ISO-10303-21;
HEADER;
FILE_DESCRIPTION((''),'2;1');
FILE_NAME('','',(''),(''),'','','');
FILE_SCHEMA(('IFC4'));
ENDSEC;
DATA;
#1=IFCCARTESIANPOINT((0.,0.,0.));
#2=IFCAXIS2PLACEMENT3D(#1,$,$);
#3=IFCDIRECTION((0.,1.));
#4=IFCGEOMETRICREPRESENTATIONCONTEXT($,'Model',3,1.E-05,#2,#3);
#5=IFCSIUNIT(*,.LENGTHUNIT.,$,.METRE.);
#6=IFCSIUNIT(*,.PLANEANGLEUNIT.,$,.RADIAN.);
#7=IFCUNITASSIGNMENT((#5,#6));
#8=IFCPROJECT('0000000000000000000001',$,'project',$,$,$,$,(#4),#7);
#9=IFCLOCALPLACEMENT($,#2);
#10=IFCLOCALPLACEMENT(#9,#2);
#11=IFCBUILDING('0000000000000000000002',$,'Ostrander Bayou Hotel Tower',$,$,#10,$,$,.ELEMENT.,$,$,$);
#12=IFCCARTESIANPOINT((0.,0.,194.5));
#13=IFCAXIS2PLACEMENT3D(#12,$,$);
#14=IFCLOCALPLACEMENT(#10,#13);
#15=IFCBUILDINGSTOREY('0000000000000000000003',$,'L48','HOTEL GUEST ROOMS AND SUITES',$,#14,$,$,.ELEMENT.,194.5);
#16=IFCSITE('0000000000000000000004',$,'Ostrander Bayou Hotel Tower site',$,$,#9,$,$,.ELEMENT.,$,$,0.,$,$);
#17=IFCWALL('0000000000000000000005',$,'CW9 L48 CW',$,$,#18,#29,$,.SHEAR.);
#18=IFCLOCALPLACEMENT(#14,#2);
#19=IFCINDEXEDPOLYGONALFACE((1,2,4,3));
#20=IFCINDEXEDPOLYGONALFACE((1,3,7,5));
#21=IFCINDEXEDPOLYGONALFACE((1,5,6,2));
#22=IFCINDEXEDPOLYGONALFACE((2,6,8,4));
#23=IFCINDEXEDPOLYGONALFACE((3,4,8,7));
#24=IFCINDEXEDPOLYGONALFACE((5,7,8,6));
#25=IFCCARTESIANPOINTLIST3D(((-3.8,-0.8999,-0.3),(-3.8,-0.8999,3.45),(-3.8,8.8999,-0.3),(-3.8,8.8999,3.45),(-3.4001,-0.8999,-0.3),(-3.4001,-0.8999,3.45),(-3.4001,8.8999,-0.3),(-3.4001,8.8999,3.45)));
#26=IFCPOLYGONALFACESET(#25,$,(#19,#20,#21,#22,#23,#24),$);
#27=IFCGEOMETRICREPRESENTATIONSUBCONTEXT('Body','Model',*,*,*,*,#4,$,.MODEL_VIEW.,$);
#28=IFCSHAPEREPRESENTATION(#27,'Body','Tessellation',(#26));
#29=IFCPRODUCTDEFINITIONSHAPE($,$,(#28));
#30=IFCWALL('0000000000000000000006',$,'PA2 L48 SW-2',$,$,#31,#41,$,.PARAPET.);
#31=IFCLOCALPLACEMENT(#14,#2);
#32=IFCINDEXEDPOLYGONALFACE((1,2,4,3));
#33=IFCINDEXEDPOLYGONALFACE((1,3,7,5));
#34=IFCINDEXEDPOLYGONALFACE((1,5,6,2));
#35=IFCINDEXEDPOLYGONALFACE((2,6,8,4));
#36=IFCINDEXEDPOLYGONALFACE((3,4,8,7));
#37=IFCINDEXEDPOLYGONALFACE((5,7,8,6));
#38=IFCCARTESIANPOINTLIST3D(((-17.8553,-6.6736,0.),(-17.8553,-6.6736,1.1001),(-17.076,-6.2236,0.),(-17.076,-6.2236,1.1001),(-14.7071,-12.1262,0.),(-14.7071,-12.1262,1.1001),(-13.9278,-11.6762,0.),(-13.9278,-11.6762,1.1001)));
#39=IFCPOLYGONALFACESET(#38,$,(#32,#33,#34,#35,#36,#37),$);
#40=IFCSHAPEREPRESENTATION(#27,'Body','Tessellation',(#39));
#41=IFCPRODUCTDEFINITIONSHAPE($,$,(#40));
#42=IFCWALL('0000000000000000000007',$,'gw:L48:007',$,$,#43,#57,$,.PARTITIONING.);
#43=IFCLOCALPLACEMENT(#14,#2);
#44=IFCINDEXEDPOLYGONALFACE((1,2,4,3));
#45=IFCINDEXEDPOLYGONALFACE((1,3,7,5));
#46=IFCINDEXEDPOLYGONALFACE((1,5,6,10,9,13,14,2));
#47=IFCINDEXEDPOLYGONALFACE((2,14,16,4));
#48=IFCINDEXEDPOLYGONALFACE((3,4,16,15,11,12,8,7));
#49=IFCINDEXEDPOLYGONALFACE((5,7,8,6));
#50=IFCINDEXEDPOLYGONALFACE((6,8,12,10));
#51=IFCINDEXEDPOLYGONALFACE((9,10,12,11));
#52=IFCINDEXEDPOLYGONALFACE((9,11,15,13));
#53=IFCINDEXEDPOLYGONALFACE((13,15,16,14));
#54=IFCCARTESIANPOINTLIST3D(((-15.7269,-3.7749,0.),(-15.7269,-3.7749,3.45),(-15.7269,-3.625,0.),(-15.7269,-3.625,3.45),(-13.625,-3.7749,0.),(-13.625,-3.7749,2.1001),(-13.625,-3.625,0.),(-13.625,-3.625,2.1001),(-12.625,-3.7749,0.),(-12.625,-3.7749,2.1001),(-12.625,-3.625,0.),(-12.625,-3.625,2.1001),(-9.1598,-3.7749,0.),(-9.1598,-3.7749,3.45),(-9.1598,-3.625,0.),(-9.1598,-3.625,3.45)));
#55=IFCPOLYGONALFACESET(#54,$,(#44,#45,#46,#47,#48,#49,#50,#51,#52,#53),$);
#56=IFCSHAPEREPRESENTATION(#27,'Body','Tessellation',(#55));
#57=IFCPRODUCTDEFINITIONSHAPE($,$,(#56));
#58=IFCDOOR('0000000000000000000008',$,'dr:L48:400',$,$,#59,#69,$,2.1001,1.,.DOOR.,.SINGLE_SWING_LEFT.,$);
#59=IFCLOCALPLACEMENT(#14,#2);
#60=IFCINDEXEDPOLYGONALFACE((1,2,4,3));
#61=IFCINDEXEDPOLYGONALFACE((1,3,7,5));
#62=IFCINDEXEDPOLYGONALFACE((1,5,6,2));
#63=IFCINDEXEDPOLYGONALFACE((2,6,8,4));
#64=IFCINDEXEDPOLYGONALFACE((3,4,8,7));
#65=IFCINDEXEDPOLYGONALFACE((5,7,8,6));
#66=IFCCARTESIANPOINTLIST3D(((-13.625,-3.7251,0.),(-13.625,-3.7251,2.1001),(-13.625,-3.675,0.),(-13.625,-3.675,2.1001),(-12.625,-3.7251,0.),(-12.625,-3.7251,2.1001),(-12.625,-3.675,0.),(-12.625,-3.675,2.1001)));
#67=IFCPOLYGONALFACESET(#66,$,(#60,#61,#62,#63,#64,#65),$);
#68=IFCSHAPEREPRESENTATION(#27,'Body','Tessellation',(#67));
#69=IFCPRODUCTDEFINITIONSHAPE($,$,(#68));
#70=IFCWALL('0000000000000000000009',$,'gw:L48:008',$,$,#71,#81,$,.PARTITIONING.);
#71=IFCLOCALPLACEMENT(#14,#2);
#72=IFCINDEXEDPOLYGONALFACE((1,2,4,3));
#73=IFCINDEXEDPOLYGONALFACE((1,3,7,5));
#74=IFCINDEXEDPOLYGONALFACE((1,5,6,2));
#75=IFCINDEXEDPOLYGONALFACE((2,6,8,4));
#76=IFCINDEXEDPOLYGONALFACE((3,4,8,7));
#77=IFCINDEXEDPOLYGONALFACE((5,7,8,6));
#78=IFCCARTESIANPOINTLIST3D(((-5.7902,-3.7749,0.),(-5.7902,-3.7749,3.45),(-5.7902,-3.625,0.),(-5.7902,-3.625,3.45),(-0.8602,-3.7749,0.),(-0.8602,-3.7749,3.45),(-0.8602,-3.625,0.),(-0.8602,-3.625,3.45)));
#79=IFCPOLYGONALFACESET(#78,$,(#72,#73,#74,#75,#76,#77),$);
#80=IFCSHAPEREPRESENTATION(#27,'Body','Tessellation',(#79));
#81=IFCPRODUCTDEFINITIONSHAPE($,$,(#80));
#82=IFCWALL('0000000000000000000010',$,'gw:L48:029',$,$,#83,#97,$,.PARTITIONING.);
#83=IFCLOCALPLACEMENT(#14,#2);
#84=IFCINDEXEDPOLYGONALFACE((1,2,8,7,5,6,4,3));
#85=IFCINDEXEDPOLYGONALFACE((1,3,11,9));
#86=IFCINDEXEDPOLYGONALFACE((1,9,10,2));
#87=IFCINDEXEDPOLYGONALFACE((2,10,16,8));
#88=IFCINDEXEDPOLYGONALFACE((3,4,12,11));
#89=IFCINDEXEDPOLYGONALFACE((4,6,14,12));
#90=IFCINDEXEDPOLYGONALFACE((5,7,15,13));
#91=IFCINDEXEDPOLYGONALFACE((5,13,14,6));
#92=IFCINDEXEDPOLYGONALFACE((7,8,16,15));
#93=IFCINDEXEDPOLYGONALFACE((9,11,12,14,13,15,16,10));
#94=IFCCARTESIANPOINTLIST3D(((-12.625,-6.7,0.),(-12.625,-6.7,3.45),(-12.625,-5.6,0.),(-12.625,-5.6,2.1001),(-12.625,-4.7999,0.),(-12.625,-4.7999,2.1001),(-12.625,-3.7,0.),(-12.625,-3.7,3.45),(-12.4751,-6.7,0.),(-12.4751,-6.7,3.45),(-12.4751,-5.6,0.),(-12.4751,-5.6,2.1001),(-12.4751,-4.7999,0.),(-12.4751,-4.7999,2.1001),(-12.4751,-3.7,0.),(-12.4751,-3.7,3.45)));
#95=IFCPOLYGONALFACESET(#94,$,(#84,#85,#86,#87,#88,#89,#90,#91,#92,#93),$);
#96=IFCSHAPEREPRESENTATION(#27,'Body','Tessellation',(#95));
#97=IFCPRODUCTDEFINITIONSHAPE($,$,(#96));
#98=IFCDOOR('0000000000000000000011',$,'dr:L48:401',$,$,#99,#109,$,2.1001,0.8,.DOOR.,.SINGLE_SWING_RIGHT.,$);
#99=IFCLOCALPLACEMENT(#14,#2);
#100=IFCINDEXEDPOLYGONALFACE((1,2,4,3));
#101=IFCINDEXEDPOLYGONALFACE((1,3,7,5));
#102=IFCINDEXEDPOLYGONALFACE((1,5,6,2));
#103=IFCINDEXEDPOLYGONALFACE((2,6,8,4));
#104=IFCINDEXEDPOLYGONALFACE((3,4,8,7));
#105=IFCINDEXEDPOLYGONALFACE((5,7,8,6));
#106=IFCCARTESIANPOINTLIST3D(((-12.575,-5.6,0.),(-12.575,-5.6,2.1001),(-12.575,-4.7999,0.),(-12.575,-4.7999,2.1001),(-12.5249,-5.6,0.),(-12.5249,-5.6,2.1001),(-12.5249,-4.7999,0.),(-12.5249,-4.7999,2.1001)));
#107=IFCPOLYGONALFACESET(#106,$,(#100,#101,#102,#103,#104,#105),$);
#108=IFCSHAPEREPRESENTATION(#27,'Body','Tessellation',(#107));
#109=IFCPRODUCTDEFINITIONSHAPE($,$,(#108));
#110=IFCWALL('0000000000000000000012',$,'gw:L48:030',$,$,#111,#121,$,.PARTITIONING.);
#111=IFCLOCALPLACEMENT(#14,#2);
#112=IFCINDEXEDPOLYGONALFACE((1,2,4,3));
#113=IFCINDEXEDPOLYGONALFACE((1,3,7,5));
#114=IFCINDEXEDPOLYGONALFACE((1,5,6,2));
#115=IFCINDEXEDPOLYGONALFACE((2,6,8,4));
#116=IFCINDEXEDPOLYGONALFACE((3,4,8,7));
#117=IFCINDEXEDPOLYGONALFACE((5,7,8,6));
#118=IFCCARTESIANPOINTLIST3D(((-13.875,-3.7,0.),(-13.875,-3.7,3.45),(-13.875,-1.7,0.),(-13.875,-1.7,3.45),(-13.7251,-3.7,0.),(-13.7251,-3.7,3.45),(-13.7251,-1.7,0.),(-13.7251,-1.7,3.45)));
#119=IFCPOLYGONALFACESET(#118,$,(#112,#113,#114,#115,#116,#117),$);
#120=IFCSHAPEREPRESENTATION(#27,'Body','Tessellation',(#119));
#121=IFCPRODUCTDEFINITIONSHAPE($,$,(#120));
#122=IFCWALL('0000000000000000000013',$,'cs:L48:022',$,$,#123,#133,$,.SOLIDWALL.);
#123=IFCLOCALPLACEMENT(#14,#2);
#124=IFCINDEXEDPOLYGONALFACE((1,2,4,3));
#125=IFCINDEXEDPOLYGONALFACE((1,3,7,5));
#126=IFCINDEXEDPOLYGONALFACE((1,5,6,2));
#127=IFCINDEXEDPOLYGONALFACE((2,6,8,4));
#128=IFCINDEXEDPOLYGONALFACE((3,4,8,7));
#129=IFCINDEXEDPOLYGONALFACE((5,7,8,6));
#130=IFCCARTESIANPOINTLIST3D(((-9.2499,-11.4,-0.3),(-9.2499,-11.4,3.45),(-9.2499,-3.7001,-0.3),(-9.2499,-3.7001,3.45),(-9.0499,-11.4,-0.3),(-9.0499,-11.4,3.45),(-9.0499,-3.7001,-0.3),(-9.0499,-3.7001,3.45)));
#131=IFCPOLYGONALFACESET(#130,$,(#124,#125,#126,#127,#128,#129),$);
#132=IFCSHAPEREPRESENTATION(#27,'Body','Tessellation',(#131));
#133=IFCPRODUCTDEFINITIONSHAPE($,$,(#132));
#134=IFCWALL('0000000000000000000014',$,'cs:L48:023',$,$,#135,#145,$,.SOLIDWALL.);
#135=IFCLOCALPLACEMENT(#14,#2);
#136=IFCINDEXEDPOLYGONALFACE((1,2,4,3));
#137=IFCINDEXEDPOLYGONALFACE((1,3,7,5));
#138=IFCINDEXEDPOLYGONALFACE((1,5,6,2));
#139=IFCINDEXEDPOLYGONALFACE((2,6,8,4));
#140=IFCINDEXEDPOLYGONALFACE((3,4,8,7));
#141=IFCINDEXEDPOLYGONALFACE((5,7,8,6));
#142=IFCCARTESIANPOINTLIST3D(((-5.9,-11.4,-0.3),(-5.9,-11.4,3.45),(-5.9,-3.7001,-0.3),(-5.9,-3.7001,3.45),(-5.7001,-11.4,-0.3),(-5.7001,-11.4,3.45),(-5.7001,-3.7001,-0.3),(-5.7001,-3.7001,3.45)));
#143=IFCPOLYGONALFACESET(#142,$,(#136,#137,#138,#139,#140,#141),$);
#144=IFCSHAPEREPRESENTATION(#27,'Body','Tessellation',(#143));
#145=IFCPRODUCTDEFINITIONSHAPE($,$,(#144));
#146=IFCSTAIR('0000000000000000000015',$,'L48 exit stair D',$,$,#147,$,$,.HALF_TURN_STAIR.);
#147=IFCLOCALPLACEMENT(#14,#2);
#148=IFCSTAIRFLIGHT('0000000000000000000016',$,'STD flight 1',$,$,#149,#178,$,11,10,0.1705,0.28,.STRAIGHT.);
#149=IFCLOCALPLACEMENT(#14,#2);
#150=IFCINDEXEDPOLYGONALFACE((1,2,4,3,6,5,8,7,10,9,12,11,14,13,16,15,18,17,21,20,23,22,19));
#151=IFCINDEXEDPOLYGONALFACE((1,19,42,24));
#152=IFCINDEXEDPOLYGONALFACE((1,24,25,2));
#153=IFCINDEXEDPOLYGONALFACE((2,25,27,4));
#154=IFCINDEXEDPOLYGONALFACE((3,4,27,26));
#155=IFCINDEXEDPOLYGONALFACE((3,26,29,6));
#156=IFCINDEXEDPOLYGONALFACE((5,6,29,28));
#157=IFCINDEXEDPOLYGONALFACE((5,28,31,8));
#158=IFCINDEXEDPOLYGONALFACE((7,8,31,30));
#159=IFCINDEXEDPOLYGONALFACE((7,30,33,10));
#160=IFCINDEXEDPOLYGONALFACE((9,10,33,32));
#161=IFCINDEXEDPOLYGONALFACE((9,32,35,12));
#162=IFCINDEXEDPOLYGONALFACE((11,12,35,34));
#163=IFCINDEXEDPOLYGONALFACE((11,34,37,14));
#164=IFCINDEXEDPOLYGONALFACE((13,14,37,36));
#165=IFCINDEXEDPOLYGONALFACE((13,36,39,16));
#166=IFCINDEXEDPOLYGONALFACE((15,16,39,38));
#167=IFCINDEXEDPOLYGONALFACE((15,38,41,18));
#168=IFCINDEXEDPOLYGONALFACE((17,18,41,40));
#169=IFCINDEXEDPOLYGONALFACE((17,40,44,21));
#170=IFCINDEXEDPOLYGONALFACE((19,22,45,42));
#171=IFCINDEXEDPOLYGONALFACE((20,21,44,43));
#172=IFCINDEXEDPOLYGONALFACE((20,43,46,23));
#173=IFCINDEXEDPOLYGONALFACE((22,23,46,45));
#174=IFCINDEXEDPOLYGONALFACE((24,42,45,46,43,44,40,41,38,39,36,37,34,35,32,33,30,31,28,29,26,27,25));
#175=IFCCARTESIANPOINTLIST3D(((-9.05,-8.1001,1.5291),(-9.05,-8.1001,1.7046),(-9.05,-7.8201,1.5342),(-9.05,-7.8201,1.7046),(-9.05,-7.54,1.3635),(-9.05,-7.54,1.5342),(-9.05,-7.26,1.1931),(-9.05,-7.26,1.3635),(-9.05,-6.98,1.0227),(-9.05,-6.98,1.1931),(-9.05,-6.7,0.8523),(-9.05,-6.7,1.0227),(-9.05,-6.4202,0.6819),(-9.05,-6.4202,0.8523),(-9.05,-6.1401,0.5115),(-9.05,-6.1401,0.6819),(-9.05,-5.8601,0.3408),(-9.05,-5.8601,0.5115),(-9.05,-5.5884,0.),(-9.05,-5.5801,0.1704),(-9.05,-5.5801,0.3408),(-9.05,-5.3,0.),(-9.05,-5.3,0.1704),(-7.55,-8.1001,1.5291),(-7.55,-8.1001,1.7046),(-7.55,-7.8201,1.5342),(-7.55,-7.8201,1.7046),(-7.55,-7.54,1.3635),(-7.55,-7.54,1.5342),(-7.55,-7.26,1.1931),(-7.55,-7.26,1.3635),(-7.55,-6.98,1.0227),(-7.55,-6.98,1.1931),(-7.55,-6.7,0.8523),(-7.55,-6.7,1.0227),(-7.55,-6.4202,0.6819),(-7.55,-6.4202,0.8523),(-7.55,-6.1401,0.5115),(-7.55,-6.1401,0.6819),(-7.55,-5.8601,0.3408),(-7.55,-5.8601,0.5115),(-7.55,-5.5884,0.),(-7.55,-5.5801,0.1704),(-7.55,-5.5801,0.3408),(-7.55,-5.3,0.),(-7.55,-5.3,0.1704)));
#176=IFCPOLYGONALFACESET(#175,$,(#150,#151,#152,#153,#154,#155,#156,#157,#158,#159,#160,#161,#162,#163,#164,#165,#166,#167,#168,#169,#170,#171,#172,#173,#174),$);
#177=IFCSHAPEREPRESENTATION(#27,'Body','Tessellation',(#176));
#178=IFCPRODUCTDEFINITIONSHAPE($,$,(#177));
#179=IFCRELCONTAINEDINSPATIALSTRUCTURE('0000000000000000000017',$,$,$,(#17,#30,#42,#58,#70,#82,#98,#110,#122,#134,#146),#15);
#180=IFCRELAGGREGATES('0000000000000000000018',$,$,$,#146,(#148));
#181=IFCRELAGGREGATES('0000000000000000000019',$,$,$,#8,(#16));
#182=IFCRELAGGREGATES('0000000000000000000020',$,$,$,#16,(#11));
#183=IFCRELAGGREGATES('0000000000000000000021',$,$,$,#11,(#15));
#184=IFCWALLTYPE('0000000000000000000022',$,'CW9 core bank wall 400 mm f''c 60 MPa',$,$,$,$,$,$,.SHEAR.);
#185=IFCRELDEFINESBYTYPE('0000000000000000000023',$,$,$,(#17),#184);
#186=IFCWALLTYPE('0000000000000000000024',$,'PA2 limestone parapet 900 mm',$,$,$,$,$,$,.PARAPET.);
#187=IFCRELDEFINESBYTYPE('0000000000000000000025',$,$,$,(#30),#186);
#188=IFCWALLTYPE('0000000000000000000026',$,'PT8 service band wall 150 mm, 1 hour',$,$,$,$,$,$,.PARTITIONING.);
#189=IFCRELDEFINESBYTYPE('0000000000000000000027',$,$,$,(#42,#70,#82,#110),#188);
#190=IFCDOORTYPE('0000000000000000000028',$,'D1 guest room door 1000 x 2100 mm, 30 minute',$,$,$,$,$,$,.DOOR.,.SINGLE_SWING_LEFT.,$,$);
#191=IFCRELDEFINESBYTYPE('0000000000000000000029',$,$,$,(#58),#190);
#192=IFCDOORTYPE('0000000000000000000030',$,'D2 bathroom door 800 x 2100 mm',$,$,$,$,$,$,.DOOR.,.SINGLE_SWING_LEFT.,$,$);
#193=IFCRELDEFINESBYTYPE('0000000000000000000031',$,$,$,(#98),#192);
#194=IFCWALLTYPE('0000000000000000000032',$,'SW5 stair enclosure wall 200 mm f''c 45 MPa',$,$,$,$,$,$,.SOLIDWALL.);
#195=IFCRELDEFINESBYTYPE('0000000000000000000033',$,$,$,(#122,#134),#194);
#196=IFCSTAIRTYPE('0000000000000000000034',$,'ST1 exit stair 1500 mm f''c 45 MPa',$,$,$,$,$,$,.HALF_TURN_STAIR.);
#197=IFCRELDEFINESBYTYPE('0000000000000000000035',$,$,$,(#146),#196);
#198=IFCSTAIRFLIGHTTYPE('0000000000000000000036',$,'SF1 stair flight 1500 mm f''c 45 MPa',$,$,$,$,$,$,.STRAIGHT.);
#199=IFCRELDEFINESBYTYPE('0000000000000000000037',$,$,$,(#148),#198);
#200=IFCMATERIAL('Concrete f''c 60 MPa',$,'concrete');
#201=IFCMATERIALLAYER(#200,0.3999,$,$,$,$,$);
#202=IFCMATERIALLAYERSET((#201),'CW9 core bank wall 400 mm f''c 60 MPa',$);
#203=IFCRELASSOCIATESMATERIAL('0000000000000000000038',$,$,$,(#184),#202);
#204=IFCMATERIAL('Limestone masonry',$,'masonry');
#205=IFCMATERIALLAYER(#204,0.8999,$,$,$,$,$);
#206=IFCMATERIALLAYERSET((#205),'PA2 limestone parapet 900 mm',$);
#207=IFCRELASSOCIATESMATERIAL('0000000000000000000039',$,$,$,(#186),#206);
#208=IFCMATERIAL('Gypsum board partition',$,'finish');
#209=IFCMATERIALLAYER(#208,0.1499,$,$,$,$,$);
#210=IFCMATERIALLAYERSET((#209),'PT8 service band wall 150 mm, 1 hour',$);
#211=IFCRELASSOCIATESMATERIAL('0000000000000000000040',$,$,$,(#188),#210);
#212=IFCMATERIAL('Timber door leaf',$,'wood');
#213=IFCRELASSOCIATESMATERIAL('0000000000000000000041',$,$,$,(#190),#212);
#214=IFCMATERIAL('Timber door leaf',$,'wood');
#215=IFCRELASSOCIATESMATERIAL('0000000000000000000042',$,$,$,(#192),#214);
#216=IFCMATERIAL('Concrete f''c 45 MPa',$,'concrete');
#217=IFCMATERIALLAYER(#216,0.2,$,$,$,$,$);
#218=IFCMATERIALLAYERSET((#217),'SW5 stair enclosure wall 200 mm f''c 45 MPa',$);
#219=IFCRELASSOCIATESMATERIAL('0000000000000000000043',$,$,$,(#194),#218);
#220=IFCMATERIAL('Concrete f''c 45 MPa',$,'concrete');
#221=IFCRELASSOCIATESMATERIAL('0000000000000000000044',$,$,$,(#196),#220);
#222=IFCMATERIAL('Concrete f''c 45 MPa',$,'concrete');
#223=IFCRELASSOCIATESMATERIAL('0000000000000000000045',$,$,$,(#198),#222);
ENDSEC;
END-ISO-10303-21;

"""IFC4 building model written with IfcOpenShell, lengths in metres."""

from ifc_helpers import new_model, si_unit, direction, frame, frame_2d, origin, place, context, subcontext, project, spatial, polyline, rectangle, outline, extrude, material, layer, layer_set, type_object, element, fill, aggregate, save


model = new_model("IFC4")

# Units and contexts
model_context = context("Model", 3, precision=1e-05, world=origin(), true_north=direction((0.0, 1.0)))
body_context = subcontext(model_context, "Body", "Model", "MODEL_VIEW")
ifc_project = project(units=[si_unit("LENGTHUNIT", "METRE"), si_unit("PLANEANGLEUNIT", "RADIAN")], contexts=[model_context])

# Site, building, storey
site_placement = place(None, origin())
site = spatial("IfcSite", under=ifc_project, at=site_placement, Name="Ostrander Bayou Hotel Tower site", CompositionType="ELEMENT", RefElevation=0.0)
building_placement = place(site_placement, origin())
building = spatial("IfcBuilding", under=site, at=building_placement, Name="Ostrander Bayou Hotel Tower", CompositionType="ELEMENT")
storey_placement = place(building_placement, frame((0.0, 0.0, 194.5)))
storey = spatial("IfcBuildingStorey", under=building, at=storey_placement, Name="L48", Description="HOTEL GUEST ROOMS AND SUITES", CompositionType="ELEMENT", Elevation=194.5)

# Walls
ifc_material_1 = material(Name="Concrete f'c 60 MPa", Category="concrete")
ifc_layer_1 = layer(ifc_material_1, 0.3999)
ifc_layer_set_1 = layer_set([ifc_layer_1], Name="CW9 core bank wall 400 mm f'c 60 MPa")
wall_type_1 = type_object("IfcWallType", Name="CW9 core bank wall 400 mm f'c 60 MPa", PredefinedType="SHEAR", material=ifc_layer_set_1)
wall_1_placement = place(storey_placement, frame((-3.6001, -0.8999, -0.3), z_axis=(0.0, 0.0, 1.0), x_axis=(0.0, 1.0, 0.0)))
element("IfcWall", 1, at=wall_1_placement, inside=storey, type_object=wall_type_1, Name="CW9 L48 CW", PredefinedType="SHEAR", context=body_context, shape_type="SweptSolid", body=[
    extrude(rectangle(XDim=9.7998, YDim=0.3999, at=frame_2d((4.8999, 0.0))), origin(), (0.0, 0.0, 1.0), 3.75),
])
ifc_material_2 = material(Name="Limestone masonry", Category="masonry")
ifc_layer_2 = layer(ifc_material_2, 0.8999)
ifc_layer_set_2 = layer_set([ifc_layer_2], Name="PA2 limestone parapet 900 mm")
wall_type_2 = type_object("IfcWallType", Name="PA2 limestone parapet 900 mm", PredefinedType="PARAPET", material=ifc_layer_set_2)
wall_2_placement = place(storey_placement, frame((-17.4656, -6.4487, 0.0), z_axis=(0.0, 0.0, 1.0), x_axis=(0.500013, -0.866018, 0.0)))
element("IfcWall", 2, at=wall_2_placement, inside=storey, type_object=wall_type_2, Name="PA2 L48 SW-2", PredefinedType="PARAPET", context=body_context, shape_type="SweptSolid", body=[
    extrude(rectangle(XDim=6.2961, YDim=0.8999, at=frame_2d((3.1479, 0.0))), origin(), (0.0, 0.0, 1.0), 1.1001),
])

# Wall, opening, door
ifc_material_3 = material(Name="Gypsum board partition", Category="finish")
ifc_layer_3 = layer(ifc_material_3, 0.1499)
ifc_layer_set_3 = layer_set([ifc_layer_3], Name="PT8 service band wall 150 mm, 1 hour")
wall_type_3 = type_object("IfcWallType", Name="PT8 service band wall 150 mm, 1 hour", PredefinedType="PARTITIONING", material=ifc_layer_set_3)
wall_3_placement = place(storey_placement, frame((-15.7271, -3.7, 0.0), z_axis=(0.0, 0.0, 1.0), x_axis=(1.0, 0.0, 0.0)))
wall_3 = element("IfcWall", 3, at=wall_3_placement, inside=storey, type_object=wall_type_3, Name="gw:L48:007", PredefinedType="PARTITIONING", context=body_context, shape_type="SweptSolid", body=[
    extrude(rectangle(XDim=6.5671, YDim=0.1499, at=frame_2d((3.2837, 0.0))), origin(), (0.0, 0.0, 1.0), 3.45),
])
opening_1_placement = place(wall_3_placement, frame((2.1021, 0.0, 0.0)))
opening_1 = element("IfcOpeningElement", 4, at=opening_1_placement, cuts=wall_3, PredefinedType="OPENING", context=body_context, shape_type="SweptSolid", body=[
    extrude(rectangle(XDim=1.0, YDim=2.1001, at=frame_2d((0.5, 1.05))), frame((0.0, 0.075, 0.0), z_axis=(0.0, -1.0, 0.0), x_axis=(1.0, 0.0, 0.0)), (0.0, 0.0, 1.0), 0.1499),
])
ifc_material_4 = material(Name="Timber door leaf", Category="wood")
door_type_1 = type_object("IfcDoorType", Name="D1 guest room door 1000 x 2100 mm, 30 minute", OperationType="SINGLE_SWING_LEFT", PredefinedType="DOOR", material=ifc_material_4)
door_1_placement = place(opening_1_placement, origin())
door_1 = element("IfcDoor", 5, at=door_1_placement, inside=storey, type_object=door_type_1, Name="dr:L48:400", OperationType="SINGLE_SWING_LEFT", OverallHeight=2.1001, OverallWidth=1.0, PredefinedType="DOOR", context=body_context, shape_type="SweptSolid", body=[
    extrude(rectangle(XDim=1.0, YDim=2.1001, at=frame_2d((0.5, 1.05))), frame((0.0, 0.0249, 0.0), z_axis=(0.0, -1.0, 0.0), x_axis=(1.0, 0.0, 0.0)), (0.0, 0.0, 1.0), 0.05),
])
fill(opening_1, door_1)

# Wall
wall_4_placement = place(storey_placement, frame((-5.79, -3.7, 0.0), z_axis=(0.0, 0.0, 1.0), x_axis=(1.0, 0.0, 0.0)))
element("IfcWall", 6, at=wall_4_placement, inside=storey, type_object=wall_type_3, Name="gw:L48:008", PredefinedType="PARTITIONING", context=body_context, shape_type="SweptSolid", body=[
    extrude(rectangle(XDim=4.9299, YDim=0.1499, at=frame_2d((2.4648, 0.0))), origin(), (0.0, 0.0, 1.0), 3.45),
])

# Wall, opening, door
wall_5_placement = place(storey_placement, frame((-12.55, -6.7, 0.0), z_axis=(0.0, 0.0, 1.0), x_axis=(0.0, 1.0, 0.0)))
wall_5 = element("IfcWall", 7, at=wall_5_placement, inside=storey, type_object=wall_type_3, Name="gw:L48:029", PredefinedType="PARTITIONING", context=body_context, shape_type="SweptSolid", body=[
    extrude(rectangle(XDim=3.0, YDim=0.1499, at=frame_2d((1.5, 0.0))), origin(), (0.0, 0.0, 1.0), 3.45),
])
opening_2_placement = place(wall_5_placement, frame((1.1001, 0.0, 0.0)))
opening_2 = element("IfcOpeningElement", 8, at=opening_2_placement, cuts=wall_5, PredefinedType="OPENING", context=body_context, shape_type="SweptSolid", body=[
    extrude(rectangle(XDim=0.8, YDim=2.1001, at=frame_2d((0.3999, 1.05))), frame((0.0, 0.075, 0.0), z_axis=(0.0, -1.0, 0.0), x_axis=(1.0, 0.0, 0.0)), (0.0, 0.0, 1.0), 0.1499),
])
ifc_material_5 = material(Name="Timber door leaf", Category="wood")
door_type_2 = type_object("IfcDoorType", Name="D2 bathroom door 800 x 2100 mm", OperationType="SINGLE_SWING_LEFT", PredefinedType="DOOR", material=ifc_material_5)
door_2_placement = place(opening_2_placement, origin())
door_2 = element("IfcDoor", 9, at=door_2_placement, inside=storey, type_object=door_type_2, Name="dr:L48:401", OperationType="SINGLE_SWING_RIGHT", OverallHeight=2.1001, OverallWidth=0.8, PredefinedType="DOOR", context=body_context, shape_type="SweptSolid", body=[
    extrude(rectangle(XDim=0.8, YDim=2.1001, at=frame_2d((0.3999, 1.05))), frame((0.0, 0.0249, 0.0), z_axis=(0.0, -1.0, 0.0), x_axis=(1.0, 0.0, 0.0)), (0.0, 0.0, 1.0), 0.05),
])
fill(opening_2, door_2)

# Wall
wall_6_placement = place(storey_placement, frame((-13.8, -3.7, 0.0), z_axis=(0.0, 0.0, 1.0), x_axis=(0.0, 1.0, 0.0)))
element("IfcWall", 10, at=wall_6_placement, inside=storey, type_object=wall_type_3, Name="gw:L48:030", PredefinedType="PARTITIONING", context=body_context, shape_type="SweptSolid", body=[
    extrude(rectangle(XDim=2.0, YDim=0.1499, at=frame_2d((1.0, 0.0))), origin(), (0.0, 0.0, 1.0), 3.45),
])

# Shared definitions
ifc_material_6 = material(Name="Concrete f'c 45 MPa", Category="concrete")
ifc_layer_4 = layer(ifc_material_6, 0.2)
ifc_layer_set_4 = layer_set([ifc_layer_4], Name="SW5 stair enclosure wall 200 mm f'c 45 MPa")
wall_type_4 = type_object("IfcWallType", Name="SW5 stair enclosure wall 200 mm f'c 45 MPa", PredefinedType="SOLIDWALL", material=ifc_layer_set_4)

# Walls
for number, where, z_axis, x_axis, name in (
    (11, (-9.1499, -3.7, -0.3), (0.0, 0.0, 1.0), (0.0, -1.0, 0.0), "cs:L48:022"),
    (12, (-5.8, -3.7, -0.3), (0.0, 0.0, 1.0), (0.0, -1.0, 0.0), "cs:L48:023"),
):
    element("IfcWall", number, at=place(storey_placement, frame(where, z_axis=z_axis, x_axis=x_axis)), inside=storey, type_object=wall_type_4, Name=name, PredefinedType="SOLIDWALL", context=body_context, shape_type="SweptSolid", body=[
        extrude(rectangle(XDim=7.7, YDim=0.2, at=frame_2d((3.8501, 0.0))), origin(), (0.0, 0.0, 1.0), 3.75),
    ])

# Stair, stair flight
ifc_material_7 = material(Name="Concrete f'c 45 MPa", Category="concrete")
stair_type = type_object("IfcStairType", Name="ST1 exit stair 1500 mm f'c 45 MPa", PredefinedType="HALF_TURN_STAIR", material=ifc_material_7)
stair_placement = place(storey_placement, origin())
stair = element("IfcStair", 13, at=stair_placement, inside=storey, type_object=stair_type, Name="L48 exit stair D", PredefinedType="HALF_TURN_STAIR")
ifc_material_8 = material(Name="Concrete f'c 45 MPa", Category="concrete")
stair_flight_type = type_object("IfcStairFlightType", Name="SF1 stair flight 1500 mm f'c 45 MPa", PredefinedType="STRAIGHT", material=ifc_material_8)
stair_flight_placement = place(storey_placement, frame((-8.3, -5.3, 0.0), z_axis=(0.0, 0.0, 1.0), x_axis=(0.0, -1.0, 0.0)))
stair_flight = element("IfcStairFlight", 14, at=stair_flight_placement, type_object=stair_flight_type, Name="STD flight 1", NumberOfRisers=11, NumberOfTreads=10, PredefinedType="STRAIGHT", RiserHeight=0.1705, TreadLength=0.28, context=body_context, shape_type="SweptSolid", body=[
    extrude(outline(polyline([(0.0, 0.0), (0.0, 0.1704), (0.28, 0.1704), (0.28, 0.3408), (0.5601, 0.3408), (0.5601, 0.5115), (0.8401, 0.5115), (0.8401, 0.6819), (1.1201, 0.6819), (1.1201, 0.8523), (1.3999, 0.8523), (1.3999, 1.0227), (1.6799, 1.0227), (1.6799, 1.1931), (1.96, 1.1931), (1.96, 1.3635), (2.24, 1.3635), (2.24, 1.5342), (2.52, 1.5342), (2.52, 1.7046), (2.8, 1.7046), (2.8, 1.875), (2.8, 1.5291), (0.2883, 0.0), (0.0, 0.0)])), frame((0.0, 0.75, 0.0), z_axis=(0.0, -1.0, 0.0), x_axis=(1.0, 0.0, 0.0)), (0.0, 0.0, 1.0), 1.5),
])
aggregate(stair, [stair_flight])

save(model, "model.ifc")
